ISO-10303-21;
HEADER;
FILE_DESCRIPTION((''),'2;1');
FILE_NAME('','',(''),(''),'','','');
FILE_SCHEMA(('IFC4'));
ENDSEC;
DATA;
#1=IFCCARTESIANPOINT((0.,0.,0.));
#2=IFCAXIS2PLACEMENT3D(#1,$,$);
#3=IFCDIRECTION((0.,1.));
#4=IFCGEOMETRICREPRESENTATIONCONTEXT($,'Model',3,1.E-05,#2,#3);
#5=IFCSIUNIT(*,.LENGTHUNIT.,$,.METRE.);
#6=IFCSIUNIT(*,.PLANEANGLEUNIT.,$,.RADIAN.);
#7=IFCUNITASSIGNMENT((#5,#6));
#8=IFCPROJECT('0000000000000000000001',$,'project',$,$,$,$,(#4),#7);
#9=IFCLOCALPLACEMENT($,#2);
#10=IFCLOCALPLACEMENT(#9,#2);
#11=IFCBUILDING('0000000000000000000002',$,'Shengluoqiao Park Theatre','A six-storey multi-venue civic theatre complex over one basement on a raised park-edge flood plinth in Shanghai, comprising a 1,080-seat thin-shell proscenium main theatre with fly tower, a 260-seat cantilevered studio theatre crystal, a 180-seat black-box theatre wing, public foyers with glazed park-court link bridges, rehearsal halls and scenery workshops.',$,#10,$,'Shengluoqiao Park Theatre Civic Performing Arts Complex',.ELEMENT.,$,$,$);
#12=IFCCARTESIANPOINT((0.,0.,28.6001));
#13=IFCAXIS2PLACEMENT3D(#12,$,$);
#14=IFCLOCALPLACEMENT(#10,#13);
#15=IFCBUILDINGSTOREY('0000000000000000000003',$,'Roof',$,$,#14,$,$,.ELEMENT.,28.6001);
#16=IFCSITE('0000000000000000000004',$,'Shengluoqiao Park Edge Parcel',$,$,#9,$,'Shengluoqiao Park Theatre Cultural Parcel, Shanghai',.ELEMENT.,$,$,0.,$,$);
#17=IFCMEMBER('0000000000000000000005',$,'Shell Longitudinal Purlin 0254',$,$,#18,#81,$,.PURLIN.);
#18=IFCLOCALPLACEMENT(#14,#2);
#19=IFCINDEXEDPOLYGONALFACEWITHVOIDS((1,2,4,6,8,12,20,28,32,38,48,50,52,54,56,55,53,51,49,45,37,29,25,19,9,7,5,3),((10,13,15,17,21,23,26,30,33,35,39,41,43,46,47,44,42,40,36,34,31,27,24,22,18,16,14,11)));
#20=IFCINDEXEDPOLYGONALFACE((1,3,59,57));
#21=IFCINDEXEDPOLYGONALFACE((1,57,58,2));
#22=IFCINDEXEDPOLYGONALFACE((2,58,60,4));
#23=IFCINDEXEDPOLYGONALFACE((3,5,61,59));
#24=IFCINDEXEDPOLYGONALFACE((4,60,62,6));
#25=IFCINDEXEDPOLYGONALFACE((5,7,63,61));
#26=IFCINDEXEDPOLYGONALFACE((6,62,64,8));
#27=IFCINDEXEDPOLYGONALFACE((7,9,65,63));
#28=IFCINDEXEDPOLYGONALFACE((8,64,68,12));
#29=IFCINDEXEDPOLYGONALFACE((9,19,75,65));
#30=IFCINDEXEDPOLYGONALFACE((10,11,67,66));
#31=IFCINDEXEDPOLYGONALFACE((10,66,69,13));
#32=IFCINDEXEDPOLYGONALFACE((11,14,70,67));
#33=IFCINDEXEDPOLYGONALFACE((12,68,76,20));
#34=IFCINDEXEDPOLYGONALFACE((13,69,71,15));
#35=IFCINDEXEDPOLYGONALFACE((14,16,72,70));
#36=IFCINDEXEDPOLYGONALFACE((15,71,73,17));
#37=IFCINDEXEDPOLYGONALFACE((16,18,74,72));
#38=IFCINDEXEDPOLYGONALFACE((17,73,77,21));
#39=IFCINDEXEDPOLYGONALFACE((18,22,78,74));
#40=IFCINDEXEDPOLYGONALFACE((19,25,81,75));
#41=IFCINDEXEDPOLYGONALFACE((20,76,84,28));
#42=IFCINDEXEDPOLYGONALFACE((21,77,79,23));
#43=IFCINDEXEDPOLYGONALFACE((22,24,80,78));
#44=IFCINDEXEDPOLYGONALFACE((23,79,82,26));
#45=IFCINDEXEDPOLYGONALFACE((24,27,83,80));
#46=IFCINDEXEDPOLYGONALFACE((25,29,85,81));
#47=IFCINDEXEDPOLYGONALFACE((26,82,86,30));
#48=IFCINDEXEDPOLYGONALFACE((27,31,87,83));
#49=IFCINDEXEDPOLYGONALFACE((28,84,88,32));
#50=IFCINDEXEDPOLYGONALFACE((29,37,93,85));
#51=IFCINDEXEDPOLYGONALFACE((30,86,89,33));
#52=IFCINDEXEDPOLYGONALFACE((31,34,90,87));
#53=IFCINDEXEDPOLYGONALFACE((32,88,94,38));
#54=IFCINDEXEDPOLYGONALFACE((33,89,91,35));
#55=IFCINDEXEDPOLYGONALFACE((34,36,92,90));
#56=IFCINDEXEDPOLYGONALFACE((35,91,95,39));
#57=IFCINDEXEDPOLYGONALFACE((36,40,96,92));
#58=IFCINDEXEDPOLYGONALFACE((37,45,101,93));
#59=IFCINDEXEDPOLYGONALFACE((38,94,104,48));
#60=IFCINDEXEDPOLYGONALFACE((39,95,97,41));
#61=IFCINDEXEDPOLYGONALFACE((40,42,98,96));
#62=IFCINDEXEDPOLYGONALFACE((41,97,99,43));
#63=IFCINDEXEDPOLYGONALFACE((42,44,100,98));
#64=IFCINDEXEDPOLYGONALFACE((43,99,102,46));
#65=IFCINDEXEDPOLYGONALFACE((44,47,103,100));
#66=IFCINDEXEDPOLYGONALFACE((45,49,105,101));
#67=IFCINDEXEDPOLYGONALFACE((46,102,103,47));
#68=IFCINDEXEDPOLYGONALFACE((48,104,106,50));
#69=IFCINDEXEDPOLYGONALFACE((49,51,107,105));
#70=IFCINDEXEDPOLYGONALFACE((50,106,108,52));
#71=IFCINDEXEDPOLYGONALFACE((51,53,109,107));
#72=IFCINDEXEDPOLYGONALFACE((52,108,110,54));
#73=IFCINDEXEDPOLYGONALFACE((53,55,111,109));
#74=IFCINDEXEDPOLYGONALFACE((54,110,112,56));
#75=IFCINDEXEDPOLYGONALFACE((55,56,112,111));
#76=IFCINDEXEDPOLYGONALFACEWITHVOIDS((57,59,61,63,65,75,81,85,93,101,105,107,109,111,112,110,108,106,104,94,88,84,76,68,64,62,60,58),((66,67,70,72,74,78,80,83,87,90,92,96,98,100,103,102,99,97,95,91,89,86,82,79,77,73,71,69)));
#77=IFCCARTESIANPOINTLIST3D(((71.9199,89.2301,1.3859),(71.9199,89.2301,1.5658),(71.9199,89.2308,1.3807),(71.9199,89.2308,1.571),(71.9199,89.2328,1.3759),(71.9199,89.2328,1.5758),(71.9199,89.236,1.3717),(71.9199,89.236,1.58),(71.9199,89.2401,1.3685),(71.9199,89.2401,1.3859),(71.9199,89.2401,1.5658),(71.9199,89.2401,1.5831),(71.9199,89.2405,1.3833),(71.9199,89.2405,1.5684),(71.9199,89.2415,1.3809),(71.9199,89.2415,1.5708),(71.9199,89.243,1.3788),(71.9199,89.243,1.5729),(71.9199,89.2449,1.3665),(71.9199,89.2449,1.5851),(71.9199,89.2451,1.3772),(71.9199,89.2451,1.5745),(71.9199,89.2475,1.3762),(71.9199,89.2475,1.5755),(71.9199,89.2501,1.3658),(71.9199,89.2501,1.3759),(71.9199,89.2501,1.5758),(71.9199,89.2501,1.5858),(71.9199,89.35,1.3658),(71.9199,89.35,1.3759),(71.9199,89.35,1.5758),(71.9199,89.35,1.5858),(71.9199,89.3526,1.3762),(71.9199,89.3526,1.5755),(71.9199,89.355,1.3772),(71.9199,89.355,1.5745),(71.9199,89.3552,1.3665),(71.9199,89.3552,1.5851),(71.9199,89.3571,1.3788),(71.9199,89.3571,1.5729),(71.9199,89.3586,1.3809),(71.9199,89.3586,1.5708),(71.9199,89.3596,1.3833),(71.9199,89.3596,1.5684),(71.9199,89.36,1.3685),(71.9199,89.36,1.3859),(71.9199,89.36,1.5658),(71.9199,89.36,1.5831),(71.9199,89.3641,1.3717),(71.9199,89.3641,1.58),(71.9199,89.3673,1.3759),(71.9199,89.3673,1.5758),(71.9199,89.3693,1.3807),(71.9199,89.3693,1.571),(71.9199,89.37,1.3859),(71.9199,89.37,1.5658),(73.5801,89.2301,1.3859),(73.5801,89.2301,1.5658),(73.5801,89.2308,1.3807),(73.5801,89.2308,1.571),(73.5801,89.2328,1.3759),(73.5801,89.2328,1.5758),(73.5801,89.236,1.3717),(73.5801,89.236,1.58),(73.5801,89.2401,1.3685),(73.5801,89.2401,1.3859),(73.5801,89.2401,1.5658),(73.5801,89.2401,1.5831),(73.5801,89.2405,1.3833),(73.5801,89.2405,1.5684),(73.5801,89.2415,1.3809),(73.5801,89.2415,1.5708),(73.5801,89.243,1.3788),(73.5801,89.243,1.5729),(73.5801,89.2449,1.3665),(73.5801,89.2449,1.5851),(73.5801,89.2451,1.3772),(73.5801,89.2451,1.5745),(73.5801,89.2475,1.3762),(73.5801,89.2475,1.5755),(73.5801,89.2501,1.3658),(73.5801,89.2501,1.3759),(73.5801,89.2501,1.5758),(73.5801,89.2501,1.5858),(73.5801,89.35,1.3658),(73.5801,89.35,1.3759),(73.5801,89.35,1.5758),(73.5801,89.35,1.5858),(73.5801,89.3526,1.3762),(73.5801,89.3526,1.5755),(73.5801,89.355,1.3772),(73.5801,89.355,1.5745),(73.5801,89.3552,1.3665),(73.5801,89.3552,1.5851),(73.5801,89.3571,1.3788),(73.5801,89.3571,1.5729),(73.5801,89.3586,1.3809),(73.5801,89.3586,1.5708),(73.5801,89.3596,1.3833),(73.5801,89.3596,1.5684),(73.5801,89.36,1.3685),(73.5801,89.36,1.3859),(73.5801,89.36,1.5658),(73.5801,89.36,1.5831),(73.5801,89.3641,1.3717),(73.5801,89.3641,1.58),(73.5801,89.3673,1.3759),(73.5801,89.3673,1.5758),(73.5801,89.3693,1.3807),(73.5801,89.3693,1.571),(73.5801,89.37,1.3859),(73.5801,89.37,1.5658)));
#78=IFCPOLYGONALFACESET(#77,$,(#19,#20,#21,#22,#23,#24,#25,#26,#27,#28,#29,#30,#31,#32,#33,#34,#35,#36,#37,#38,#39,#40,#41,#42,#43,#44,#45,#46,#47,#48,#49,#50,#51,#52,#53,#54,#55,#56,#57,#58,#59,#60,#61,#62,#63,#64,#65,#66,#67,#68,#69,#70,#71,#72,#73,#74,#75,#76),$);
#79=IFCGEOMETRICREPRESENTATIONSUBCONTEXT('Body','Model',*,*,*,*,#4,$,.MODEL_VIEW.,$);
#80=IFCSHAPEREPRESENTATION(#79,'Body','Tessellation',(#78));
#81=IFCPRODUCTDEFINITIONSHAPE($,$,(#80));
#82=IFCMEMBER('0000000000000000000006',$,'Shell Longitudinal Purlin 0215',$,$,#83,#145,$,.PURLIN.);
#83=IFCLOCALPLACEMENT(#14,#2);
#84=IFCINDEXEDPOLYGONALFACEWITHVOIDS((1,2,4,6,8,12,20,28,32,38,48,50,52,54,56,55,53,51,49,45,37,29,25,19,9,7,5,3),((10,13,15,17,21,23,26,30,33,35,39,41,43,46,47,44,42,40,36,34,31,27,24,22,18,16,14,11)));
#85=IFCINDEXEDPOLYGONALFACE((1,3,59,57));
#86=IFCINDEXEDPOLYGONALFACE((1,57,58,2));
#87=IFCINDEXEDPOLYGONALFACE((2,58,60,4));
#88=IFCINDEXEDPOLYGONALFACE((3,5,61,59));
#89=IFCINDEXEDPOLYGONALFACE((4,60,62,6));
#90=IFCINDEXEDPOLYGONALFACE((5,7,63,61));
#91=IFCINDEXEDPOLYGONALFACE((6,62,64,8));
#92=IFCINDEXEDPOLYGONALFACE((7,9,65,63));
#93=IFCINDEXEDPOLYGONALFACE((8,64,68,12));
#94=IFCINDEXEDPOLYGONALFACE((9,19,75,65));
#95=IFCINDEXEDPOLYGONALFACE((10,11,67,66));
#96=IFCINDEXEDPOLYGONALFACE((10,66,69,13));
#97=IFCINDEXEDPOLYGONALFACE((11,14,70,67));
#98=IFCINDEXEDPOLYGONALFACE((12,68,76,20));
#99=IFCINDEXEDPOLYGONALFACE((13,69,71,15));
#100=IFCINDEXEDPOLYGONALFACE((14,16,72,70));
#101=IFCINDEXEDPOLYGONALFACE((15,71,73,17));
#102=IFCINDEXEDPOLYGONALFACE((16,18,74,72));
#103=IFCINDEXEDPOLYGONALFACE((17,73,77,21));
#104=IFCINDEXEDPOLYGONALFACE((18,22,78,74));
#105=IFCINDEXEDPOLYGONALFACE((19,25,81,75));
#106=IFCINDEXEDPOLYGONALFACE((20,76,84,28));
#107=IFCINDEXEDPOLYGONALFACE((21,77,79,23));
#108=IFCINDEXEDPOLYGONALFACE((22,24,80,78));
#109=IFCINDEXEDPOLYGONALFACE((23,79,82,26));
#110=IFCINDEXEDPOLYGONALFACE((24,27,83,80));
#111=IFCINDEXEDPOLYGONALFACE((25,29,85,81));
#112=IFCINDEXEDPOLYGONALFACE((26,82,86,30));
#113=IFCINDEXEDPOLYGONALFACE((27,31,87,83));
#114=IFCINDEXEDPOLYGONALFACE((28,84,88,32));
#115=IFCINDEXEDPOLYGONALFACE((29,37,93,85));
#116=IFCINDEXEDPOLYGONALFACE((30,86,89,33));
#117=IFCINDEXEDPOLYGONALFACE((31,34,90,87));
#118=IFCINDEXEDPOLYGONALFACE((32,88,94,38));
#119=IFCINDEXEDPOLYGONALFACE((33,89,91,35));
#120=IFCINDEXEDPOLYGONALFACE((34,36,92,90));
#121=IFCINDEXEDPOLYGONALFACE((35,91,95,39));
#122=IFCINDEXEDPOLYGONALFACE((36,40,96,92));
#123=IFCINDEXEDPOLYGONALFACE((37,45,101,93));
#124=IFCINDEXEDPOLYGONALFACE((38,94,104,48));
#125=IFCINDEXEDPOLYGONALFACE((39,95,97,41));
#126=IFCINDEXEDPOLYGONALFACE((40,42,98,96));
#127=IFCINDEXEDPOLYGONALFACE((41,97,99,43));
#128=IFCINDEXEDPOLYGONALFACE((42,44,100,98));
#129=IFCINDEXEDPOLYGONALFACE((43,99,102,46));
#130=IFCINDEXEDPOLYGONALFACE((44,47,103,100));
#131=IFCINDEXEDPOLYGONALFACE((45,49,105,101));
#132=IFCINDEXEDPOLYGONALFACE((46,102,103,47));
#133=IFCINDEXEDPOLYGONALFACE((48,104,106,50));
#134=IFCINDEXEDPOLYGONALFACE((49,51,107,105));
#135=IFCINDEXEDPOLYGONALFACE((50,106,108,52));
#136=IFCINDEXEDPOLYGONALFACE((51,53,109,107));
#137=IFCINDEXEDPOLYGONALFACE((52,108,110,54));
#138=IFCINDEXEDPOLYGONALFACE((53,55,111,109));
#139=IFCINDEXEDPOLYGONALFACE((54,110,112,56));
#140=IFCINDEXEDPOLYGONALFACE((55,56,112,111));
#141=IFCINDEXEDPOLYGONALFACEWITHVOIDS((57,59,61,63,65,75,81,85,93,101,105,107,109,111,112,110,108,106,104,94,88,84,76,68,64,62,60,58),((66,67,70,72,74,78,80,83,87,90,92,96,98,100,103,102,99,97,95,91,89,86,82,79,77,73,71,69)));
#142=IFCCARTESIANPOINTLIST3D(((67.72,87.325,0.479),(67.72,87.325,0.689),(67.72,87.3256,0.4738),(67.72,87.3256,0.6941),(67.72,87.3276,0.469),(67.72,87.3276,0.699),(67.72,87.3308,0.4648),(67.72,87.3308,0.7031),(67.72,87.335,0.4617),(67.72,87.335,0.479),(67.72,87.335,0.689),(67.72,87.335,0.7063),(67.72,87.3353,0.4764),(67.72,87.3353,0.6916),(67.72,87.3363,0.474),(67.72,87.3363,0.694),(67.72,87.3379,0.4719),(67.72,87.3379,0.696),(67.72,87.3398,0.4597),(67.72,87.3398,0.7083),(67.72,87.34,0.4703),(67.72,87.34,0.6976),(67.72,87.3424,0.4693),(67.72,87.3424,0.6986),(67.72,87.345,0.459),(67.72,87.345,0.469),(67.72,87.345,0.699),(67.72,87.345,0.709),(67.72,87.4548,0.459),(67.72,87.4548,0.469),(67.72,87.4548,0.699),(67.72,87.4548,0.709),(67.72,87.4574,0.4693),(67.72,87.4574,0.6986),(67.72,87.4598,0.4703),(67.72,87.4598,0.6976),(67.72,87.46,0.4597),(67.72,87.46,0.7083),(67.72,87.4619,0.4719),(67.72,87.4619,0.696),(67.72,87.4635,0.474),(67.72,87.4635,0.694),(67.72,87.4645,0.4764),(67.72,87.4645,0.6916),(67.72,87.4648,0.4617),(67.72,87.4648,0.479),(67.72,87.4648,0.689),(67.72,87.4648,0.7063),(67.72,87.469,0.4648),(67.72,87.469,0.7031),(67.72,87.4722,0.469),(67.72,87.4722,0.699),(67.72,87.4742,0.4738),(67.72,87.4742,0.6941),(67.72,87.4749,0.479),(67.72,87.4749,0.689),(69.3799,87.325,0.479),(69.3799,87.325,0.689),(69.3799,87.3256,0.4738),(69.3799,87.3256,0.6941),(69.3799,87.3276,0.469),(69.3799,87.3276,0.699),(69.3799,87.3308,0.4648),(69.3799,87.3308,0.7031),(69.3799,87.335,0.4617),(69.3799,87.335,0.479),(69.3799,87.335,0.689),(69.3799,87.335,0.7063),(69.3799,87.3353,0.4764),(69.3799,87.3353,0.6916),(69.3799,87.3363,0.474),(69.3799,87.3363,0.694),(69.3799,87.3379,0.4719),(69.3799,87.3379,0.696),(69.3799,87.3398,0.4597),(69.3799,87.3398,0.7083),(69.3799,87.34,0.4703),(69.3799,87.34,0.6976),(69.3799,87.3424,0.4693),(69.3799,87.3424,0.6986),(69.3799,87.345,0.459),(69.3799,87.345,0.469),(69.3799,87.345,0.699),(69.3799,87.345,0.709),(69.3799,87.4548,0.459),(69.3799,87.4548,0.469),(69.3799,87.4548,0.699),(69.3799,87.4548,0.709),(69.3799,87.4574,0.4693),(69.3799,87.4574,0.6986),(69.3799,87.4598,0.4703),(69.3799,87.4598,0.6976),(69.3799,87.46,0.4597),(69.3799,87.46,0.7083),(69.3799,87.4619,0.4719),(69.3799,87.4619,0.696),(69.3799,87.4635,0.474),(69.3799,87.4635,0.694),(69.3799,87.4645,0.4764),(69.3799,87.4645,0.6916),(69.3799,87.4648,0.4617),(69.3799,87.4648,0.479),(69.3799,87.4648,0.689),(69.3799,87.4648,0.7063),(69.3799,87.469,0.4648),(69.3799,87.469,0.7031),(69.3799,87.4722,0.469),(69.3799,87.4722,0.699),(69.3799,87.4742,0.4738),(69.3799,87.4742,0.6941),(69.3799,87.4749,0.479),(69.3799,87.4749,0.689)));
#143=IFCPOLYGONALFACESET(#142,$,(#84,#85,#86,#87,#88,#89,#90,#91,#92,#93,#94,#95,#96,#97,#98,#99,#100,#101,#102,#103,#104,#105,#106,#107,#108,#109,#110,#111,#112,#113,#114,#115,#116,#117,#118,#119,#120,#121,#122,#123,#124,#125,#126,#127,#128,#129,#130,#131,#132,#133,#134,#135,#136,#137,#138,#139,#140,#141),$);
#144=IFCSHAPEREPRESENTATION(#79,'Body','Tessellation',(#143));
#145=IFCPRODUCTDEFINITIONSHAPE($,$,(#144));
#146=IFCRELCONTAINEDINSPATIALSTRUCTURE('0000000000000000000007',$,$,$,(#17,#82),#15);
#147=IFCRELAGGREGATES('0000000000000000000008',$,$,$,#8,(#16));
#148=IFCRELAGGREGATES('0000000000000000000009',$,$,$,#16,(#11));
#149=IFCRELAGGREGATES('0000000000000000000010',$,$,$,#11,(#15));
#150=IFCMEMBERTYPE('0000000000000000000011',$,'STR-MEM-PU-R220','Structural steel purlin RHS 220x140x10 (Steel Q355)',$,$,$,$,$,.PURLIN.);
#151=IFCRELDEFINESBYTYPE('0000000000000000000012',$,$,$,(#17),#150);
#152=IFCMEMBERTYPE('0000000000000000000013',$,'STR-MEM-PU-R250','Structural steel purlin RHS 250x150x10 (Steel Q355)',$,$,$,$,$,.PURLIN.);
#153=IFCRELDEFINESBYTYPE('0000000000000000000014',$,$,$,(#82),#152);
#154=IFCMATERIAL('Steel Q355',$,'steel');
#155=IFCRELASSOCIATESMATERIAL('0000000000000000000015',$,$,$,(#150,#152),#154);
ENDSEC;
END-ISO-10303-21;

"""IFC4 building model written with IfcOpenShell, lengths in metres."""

from ifc_helpers import new_model, si_unit, direction, frame, origin, origin_2d, place, context, subcontext, project, spatial, hollow_rectangle, extrude, material, material_profile, profile_set, type_object, element, save


model = new_model("IFC4")

# Units and contexts
model_context = context("Model", 3, precision=1e-05, world=origin(), true_north=direction((0.0, 1.0)))
body_context = subcontext(model_context, "Body", "Model", "MODEL_VIEW")
ifc_project = project(units=[si_unit("LENGTHUNIT", "METRE"), si_unit("PLANEANGLEUNIT", "RADIAN")], contexts=[model_context])

# Site, building, storey
site_placement = place(None, origin())
site = spatial("IfcSite", under=ifc_project, at=site_placement, Name="Shengluoqiao Park Edge Parcel", LongName="Shengluoqiao Park Theatre Cultural Parcel, Shanghai", CompositionType="ELEMENT", RefElevation=0.0)
building_placement = place(site_placement, origin())
building = spatial("IfcBuilding", under=site, at=building_placement, Name="Shengluoqiao Park Theatre", Description="A six-storey multi-venue civic theatre complex over one basement on a raised park-edge flood plinth in Shanghai, comprising a 1,080-seat thin-shell proscenium main theatre with fly tower, a 260-seat cantilevered studio theatre crystal, a 180-seat black-box theatre wing, public foyers with glazed park-court link bridges, rehearsal halls and scenery workshops.", LongName="Shengluoqiao Park Theatre Civic Performing Arts Complex", CompositionType="ELEMENT")
storey_placement = place(building_placement, frame((0.0, 0.0, 28.6001)))
storey = spatial("IfcBuildingStorey", under=building, at=storey_placement, Name="Roof", CompositionType="ELEMENT", Elevation=28.6001)

# Shared definitions
ifc_material_1 = material(Name="Steel Q355", Category="steel")

# Members
ifc_material_profile_1 = material_profile(ifc_material_1, hollow_rectangle(XDim=0.1399, YDim=0.22, WallThickness=0.01, InnerFilletRadius=0.01, OuterFilletRadius=0.02, at=origin_2d()), Name="RHS 220x140x10")
ifc_profile_set_1 = profile_set([ifc_material_profile_1], Name="Steel Q355")
member_type_1 = type_object("IfcMemberType", Name="STR-MEM-PU-R220", Description="Structural steel purlin RHS 220x140x10 (Steel Q355)", PredefinedType="PURLIN", material=ifc_profile_set_1)
member_1_placement = place(storey_placement, frame((71.9199, 89.3, 1.4758), z_axis=(1.0, 0.0, 0.0), x_axis=(0.0, 1.0, 0.0)))
element("IfcMember", 1, at=member_1_placement, inside=storey, type_object=member_type_1, Name="Shell Longitudinal Purlin 0254", PredefinedType="PURLIN", context=body_context, shape_type="SweptSolid", body=[
    extrude(hollow_rectangle(XDim=0.1399, YDim=0.22, WallThickness=0.01, InnerFilletRadius=0.01, OuterFilletRadius=0.02, at=origin_2d()), origin(), (0.0, 0.0, 1.0), 1.6602),
])
ifc_material_profile_2 = material_profile(ifc_material_1, hollow_rectangle(XDim=0.1499, YDim=0.25, WallThickness=0.01, InnerFilletRadius=0.01, OuterFilletRadius=0.02, at=origin_2d()), Name="RHS 250x150x10")
ifc_profile_set_2 = profile_set([ifc_material_profile_2], Name="Steel Q355")
member_type_2 = type_object("IfcMemberType", Name="STR-MEM-PU-R250", Description="Structural steel purlin RHS 250x150x10 (Steel Q355)", PredefinedType="PURLIN", material=ifc_profile_set_2)
for number, where, z_axis, x_axis, name in (
    (2, (67.72, 87.3999, 0.584), (1.0, 0.0, 0.0), (0.0, 1.0, 0.0), "Shell Longitudinal Purlin 0215"),
):
    element("IfcMember", number, at=place(storey_placement, frame(where, z_axis=z_axis, x_axis=x_axis)), inside=storey, type_object=member_type_2, Name=name, PredefinedType="PURLIN", context=body_context, shape_type="SweptSolid", body=[
        extrude(hollow_rectangle(XDim=0.1499, YDim=0.25, WallThickness=0.01, InnerFilletRadius=0.01, OuterFilletRadius=0.02, at=origin_2d()), origin(), (0.0, 0.0, 1.0), 1.6599),
    ])

save(model, "model.ifc")
